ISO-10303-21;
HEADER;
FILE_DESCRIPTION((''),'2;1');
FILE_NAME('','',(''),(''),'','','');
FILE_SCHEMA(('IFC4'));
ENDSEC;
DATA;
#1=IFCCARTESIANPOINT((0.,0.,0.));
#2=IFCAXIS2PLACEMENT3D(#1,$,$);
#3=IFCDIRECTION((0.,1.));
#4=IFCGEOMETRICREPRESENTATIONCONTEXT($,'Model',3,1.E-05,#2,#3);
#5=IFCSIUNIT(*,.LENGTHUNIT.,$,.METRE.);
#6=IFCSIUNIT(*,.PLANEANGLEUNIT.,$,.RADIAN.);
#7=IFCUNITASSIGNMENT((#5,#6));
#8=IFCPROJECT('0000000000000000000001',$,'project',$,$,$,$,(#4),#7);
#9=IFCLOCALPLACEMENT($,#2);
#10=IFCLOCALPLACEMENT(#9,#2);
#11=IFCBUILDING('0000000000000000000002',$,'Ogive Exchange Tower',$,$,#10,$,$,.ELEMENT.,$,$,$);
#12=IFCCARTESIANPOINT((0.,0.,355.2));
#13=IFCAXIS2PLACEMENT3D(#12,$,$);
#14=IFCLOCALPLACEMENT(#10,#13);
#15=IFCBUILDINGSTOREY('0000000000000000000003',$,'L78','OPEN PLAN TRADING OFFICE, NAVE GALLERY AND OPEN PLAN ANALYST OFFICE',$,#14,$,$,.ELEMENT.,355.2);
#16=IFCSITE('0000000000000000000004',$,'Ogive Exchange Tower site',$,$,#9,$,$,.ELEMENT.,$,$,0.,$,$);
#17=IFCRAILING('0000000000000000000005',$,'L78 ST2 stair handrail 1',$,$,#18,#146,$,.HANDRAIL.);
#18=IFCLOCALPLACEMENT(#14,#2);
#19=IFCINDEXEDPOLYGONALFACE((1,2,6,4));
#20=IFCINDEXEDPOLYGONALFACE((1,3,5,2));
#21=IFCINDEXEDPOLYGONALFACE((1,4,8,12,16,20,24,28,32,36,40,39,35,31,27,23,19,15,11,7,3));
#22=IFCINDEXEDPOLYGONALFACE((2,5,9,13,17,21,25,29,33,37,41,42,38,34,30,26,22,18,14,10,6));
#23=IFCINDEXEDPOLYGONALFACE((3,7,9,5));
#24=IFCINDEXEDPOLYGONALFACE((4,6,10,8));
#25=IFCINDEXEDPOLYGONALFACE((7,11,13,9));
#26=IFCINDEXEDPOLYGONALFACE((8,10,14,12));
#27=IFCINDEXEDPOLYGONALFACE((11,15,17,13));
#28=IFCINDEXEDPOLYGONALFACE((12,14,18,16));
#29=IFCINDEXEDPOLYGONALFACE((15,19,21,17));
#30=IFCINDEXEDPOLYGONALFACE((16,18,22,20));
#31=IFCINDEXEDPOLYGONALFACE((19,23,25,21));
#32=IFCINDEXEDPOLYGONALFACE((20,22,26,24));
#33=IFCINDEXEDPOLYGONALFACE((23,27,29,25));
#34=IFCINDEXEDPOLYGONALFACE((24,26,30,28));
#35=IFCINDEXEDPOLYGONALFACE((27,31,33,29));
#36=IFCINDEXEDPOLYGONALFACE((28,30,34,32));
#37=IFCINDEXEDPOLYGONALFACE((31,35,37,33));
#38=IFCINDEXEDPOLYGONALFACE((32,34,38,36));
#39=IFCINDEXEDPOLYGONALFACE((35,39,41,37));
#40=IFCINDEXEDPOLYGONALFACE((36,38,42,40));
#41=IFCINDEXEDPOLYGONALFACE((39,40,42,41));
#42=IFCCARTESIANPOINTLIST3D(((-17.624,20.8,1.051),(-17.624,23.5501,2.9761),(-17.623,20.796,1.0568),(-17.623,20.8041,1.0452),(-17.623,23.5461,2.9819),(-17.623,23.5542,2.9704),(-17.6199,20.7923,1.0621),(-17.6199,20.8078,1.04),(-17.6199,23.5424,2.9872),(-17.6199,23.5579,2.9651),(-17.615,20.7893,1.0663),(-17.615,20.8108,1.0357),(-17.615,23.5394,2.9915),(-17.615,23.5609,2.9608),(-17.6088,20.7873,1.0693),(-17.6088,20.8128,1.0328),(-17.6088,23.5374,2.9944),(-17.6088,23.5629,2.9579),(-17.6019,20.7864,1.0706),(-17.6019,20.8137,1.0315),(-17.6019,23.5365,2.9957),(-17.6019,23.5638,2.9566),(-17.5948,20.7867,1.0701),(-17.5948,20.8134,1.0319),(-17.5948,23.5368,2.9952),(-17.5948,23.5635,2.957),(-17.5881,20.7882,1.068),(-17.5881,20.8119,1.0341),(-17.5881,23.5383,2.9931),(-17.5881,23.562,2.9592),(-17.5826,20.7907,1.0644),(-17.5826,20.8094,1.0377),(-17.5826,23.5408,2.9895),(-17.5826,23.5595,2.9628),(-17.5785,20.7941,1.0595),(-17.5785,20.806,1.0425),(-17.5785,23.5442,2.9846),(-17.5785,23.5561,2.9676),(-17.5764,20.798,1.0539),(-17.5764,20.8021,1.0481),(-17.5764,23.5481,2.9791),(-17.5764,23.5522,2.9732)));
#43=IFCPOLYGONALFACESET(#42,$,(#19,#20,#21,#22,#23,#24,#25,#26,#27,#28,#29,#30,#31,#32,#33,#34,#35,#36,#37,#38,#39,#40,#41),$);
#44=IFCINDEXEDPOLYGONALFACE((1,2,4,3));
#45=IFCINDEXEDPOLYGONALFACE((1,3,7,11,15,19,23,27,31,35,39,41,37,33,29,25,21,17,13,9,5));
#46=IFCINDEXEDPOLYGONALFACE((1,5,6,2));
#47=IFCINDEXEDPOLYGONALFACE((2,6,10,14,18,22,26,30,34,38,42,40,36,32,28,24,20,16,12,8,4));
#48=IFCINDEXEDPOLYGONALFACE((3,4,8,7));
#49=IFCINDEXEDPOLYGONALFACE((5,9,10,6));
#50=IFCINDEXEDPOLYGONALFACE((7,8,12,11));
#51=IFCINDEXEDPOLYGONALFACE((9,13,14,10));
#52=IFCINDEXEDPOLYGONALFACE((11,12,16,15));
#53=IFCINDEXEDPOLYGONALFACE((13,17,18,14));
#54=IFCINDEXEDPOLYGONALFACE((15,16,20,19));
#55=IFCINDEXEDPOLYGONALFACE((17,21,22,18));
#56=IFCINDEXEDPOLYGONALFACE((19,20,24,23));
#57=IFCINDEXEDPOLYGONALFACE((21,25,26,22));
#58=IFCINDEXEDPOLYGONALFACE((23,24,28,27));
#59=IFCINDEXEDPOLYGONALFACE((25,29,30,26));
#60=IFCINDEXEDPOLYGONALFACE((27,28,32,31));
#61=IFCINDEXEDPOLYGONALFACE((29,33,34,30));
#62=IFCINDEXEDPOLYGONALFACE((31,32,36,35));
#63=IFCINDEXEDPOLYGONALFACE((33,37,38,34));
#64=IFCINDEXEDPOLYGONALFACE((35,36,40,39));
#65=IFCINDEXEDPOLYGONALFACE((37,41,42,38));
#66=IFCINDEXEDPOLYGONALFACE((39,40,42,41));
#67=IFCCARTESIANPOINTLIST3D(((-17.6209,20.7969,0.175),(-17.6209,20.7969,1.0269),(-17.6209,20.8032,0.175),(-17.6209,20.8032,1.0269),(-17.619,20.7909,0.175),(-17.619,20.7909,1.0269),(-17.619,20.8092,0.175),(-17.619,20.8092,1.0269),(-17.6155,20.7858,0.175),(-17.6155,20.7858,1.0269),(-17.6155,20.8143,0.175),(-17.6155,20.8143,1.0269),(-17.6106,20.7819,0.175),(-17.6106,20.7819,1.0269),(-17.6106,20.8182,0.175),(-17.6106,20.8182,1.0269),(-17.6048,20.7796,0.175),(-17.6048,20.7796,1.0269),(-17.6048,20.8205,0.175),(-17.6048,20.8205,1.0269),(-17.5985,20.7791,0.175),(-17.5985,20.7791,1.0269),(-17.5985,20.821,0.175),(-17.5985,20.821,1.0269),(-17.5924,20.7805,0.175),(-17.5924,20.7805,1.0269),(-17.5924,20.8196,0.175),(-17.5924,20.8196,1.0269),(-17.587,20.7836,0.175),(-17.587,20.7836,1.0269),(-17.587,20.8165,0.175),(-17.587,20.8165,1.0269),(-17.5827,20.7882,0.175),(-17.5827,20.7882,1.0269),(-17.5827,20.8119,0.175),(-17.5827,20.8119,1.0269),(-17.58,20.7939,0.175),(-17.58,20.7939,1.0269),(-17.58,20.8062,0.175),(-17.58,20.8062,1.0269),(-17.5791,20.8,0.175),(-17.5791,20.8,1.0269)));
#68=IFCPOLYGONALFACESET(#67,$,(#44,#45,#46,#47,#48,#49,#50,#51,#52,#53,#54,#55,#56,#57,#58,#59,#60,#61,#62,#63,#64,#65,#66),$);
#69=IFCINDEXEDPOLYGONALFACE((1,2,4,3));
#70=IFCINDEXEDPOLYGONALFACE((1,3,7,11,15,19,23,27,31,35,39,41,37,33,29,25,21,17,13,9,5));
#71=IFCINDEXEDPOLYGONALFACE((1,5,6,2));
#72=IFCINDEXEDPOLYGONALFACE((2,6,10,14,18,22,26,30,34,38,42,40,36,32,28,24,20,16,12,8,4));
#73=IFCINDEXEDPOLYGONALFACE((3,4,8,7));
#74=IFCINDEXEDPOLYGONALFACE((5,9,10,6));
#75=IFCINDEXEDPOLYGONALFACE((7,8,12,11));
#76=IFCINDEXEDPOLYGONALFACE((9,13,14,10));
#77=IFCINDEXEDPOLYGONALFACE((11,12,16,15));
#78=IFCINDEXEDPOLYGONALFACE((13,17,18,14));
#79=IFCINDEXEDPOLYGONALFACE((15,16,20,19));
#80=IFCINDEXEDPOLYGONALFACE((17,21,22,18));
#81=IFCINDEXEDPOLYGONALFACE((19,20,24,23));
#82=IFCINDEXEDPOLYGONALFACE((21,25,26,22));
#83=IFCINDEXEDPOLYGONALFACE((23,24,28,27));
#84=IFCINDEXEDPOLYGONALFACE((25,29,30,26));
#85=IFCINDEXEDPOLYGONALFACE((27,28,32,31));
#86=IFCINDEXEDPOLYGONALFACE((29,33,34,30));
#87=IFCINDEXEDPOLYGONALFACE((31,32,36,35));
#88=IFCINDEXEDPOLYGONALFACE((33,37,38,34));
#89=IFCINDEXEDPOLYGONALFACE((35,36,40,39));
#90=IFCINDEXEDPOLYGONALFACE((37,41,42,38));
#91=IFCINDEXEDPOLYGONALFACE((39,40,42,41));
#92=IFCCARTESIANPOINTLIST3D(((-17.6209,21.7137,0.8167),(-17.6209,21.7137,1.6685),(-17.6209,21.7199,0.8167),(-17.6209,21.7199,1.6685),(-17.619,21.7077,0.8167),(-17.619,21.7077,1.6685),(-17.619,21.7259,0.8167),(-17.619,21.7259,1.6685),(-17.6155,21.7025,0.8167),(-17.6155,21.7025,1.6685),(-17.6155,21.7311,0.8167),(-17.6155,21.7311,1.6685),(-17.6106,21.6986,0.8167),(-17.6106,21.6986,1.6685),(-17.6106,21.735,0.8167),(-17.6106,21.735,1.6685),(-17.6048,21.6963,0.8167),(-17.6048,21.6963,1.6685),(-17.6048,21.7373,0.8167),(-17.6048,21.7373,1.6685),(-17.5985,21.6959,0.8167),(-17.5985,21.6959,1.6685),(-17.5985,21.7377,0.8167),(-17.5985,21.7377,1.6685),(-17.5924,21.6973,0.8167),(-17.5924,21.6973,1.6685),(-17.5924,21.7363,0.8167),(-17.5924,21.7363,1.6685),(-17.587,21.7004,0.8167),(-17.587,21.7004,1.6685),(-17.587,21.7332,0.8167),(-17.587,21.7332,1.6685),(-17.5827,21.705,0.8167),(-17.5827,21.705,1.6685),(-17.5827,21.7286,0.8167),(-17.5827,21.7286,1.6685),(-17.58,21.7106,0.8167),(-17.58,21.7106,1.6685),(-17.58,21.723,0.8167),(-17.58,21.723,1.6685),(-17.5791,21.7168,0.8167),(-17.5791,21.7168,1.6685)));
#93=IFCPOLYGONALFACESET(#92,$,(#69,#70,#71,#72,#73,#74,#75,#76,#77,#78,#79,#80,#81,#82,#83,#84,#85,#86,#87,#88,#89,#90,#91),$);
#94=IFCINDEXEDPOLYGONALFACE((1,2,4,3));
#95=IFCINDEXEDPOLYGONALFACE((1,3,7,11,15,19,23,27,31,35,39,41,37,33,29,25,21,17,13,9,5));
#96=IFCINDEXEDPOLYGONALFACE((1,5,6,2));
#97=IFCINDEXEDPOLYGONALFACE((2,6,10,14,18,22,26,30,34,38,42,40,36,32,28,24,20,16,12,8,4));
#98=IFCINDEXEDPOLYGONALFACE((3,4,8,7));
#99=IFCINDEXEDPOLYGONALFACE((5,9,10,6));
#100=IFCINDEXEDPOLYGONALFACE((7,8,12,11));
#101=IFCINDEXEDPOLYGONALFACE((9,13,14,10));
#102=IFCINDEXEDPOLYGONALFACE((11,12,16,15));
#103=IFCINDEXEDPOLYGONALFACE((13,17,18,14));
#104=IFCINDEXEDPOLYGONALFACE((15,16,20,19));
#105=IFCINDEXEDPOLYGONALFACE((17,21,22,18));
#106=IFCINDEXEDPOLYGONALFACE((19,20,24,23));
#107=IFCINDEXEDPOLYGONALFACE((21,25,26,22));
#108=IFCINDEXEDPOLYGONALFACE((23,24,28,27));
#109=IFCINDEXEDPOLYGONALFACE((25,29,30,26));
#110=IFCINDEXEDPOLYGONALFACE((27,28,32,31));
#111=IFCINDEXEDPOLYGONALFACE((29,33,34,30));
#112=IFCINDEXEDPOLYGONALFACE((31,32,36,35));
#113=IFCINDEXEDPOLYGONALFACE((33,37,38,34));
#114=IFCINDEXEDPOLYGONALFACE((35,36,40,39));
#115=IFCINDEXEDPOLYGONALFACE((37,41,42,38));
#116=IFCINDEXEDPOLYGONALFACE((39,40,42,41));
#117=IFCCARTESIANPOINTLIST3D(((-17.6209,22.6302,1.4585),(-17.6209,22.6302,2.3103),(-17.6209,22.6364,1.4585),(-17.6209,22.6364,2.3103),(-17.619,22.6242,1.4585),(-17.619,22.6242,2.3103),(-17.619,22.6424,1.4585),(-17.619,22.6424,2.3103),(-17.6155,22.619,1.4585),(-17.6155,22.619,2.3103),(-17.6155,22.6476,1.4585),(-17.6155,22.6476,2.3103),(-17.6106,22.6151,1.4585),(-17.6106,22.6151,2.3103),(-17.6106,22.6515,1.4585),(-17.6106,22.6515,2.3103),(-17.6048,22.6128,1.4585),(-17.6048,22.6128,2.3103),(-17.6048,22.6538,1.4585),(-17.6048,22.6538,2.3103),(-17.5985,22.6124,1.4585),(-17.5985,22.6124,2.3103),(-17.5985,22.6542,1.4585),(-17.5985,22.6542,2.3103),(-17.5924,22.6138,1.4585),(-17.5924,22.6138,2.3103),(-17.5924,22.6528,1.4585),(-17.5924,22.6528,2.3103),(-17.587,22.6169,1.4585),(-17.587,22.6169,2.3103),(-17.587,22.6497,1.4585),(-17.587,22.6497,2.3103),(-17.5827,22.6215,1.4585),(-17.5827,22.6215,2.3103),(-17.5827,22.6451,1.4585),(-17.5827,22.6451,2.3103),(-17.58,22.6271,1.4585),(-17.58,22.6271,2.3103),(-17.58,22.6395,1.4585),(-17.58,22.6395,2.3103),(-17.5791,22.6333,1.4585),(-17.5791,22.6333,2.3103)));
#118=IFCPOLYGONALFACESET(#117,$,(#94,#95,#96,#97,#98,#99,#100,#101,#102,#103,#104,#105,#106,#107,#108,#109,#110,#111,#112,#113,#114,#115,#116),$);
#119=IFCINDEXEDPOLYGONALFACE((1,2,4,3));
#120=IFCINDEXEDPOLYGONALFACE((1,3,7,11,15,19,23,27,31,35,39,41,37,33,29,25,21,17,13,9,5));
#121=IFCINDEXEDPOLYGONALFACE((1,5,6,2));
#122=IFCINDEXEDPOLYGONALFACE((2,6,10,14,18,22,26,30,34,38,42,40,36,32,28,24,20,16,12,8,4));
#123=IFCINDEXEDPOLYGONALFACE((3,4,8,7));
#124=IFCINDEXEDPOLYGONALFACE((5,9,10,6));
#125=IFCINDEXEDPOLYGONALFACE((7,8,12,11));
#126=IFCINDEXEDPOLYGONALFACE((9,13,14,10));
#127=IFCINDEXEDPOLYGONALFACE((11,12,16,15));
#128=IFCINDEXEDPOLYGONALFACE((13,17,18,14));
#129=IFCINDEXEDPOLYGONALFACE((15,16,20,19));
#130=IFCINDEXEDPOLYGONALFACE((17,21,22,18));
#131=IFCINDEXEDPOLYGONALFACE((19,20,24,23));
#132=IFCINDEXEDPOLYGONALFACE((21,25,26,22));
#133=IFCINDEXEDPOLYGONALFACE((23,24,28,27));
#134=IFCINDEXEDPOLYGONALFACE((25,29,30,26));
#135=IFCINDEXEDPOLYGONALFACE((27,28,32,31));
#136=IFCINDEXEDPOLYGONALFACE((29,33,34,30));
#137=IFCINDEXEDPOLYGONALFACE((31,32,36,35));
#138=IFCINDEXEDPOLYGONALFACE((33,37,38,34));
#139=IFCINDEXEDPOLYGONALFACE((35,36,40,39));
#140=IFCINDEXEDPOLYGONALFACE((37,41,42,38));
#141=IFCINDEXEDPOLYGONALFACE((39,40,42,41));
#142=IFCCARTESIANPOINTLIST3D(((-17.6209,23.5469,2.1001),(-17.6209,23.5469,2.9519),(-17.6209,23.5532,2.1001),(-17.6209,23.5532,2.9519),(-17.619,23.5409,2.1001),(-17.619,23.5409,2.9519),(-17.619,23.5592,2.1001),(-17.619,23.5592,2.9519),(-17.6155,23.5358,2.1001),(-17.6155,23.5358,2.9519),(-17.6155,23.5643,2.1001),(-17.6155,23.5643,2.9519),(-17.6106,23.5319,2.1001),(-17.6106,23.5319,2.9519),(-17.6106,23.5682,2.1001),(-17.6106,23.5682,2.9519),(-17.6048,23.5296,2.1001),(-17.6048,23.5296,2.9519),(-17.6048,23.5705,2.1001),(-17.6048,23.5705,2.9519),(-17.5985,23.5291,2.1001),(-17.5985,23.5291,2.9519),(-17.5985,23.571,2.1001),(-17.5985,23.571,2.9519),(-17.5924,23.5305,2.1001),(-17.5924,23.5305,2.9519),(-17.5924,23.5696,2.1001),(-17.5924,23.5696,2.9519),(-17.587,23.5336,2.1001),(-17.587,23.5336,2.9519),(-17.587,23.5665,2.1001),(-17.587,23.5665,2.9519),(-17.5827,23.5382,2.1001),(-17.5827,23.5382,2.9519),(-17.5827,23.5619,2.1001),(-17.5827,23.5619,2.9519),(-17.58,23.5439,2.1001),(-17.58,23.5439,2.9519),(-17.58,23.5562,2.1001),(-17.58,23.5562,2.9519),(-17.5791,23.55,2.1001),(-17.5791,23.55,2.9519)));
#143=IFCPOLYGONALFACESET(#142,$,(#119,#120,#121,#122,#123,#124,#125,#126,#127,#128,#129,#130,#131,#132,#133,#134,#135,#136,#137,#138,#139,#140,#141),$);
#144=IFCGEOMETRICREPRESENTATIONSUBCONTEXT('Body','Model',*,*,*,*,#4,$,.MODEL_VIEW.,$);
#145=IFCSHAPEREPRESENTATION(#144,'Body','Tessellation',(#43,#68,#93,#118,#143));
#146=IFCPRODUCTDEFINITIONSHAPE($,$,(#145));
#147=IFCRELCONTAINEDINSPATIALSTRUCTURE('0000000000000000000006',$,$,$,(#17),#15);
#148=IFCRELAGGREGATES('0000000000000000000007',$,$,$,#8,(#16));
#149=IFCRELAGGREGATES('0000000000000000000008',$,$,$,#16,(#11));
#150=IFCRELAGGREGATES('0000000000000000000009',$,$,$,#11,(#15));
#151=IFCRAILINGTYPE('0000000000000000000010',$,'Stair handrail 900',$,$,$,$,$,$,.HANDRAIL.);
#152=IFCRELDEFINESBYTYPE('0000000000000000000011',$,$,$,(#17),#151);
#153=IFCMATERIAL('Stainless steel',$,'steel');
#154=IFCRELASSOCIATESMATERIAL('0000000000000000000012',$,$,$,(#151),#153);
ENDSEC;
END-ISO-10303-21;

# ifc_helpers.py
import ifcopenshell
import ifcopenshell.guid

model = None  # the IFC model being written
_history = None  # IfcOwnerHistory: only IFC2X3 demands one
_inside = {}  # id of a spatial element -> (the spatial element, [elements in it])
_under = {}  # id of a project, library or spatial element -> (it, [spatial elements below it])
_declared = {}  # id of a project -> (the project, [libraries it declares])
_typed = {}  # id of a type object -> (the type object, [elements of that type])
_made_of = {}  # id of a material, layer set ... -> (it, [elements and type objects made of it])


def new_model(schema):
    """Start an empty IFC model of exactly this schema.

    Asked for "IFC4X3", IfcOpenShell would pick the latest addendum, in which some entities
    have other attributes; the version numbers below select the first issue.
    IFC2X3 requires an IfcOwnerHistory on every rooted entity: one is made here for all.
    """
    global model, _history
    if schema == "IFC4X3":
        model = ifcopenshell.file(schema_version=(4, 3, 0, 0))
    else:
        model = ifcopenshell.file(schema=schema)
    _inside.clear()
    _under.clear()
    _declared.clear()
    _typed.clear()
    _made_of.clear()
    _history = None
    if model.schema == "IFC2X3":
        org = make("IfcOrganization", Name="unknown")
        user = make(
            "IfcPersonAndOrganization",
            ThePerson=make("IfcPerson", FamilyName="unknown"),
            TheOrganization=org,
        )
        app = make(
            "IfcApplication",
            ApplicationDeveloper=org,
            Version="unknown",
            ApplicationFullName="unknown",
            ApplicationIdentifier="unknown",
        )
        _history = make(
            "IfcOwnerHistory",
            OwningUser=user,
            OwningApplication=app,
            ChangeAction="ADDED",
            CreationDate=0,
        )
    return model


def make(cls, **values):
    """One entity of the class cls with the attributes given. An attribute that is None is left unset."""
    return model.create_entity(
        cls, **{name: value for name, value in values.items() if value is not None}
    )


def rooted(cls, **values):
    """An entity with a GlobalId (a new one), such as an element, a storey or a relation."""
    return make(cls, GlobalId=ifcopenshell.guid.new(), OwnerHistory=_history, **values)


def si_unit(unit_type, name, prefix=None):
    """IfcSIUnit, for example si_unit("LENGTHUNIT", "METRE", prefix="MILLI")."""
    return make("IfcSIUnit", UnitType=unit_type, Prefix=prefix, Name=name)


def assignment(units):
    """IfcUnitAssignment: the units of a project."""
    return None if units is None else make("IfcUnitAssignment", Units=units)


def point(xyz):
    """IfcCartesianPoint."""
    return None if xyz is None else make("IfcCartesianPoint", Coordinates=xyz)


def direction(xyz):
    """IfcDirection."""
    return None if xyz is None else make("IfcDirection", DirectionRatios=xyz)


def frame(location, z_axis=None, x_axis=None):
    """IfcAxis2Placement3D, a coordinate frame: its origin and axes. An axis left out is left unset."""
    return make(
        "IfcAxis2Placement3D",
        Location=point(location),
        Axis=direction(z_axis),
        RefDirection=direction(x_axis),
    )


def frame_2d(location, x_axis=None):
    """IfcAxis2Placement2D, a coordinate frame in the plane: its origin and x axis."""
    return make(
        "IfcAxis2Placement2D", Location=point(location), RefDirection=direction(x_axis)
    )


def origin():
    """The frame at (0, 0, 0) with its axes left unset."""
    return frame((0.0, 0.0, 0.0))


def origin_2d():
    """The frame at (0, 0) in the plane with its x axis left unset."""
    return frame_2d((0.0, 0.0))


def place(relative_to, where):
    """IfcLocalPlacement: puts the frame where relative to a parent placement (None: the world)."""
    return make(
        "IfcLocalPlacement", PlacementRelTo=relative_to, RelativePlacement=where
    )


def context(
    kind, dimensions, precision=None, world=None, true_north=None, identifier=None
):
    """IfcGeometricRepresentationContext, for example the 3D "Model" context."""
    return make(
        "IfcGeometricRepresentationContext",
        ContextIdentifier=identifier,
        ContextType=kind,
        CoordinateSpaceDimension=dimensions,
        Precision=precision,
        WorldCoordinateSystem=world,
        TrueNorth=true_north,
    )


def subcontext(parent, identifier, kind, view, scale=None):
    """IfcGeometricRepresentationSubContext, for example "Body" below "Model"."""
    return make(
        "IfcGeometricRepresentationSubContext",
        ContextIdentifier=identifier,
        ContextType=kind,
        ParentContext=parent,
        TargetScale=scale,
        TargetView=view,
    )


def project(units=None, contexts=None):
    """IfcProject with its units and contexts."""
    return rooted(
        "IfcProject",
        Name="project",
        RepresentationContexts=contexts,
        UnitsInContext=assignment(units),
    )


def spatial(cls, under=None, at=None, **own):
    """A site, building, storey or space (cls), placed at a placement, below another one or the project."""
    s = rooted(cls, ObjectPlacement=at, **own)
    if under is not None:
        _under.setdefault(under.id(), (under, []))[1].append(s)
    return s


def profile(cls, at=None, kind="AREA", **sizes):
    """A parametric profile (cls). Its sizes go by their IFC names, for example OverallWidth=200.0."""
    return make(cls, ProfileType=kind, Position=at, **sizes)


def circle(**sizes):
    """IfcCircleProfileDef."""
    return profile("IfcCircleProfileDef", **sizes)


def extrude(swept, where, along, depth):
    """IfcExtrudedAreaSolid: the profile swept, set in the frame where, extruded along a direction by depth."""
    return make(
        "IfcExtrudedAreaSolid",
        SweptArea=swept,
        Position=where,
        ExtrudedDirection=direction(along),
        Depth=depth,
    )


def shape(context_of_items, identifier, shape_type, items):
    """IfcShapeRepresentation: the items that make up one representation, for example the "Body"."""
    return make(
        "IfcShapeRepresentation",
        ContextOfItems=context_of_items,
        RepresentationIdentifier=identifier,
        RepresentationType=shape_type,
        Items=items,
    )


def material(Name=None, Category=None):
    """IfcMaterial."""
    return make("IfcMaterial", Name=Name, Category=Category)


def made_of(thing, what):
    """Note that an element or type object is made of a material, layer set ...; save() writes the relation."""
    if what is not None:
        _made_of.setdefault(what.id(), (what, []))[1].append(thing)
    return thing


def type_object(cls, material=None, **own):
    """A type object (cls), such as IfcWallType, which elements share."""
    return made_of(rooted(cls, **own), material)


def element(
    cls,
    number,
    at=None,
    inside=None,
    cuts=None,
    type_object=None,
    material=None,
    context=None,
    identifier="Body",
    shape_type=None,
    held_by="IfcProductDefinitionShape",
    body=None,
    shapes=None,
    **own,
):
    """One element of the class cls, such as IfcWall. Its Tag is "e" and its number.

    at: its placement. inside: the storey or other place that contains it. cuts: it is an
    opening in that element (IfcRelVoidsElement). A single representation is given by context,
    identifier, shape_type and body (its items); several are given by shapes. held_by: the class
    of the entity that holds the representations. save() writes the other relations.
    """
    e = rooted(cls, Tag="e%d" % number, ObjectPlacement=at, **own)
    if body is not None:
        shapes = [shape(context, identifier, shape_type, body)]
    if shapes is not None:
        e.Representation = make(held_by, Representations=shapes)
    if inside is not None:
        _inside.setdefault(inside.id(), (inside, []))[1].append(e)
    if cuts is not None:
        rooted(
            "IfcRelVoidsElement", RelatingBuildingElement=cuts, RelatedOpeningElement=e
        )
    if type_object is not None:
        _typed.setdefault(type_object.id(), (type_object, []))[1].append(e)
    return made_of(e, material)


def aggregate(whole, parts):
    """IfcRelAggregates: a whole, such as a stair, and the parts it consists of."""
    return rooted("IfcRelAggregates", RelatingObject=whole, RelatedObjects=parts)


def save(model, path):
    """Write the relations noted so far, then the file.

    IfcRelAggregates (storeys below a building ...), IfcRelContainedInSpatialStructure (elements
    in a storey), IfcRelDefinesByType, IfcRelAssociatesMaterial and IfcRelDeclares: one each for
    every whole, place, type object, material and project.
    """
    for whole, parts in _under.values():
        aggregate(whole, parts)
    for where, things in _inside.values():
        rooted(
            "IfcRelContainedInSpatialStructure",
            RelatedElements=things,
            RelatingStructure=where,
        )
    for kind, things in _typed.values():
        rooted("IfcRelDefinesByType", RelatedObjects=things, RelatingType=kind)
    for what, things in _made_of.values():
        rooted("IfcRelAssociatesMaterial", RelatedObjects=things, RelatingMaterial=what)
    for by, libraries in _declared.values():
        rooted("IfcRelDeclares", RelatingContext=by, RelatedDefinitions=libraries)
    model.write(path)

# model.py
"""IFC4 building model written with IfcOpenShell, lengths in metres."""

from ifc_helpers import new_model, si_unit, direction, frame, origin, origin_2d, place, context, subcontext, project, spatial, circle, extrude, material, type_object, element, save


model = new_model("IFC4")

# Units and contexts
model_context = context("Model", 3, precision=1e-05, world=origin(), true_north=direction((0.0, 1.0)))
body_context = subcontext(model_context, "Body", "Model", "MODEL_VIEW")
ifc_project = project(units=[si_unit("LENGTHUNIT", "METRE"), si_unit("PLANEANGLEUNIT", "RADIAN")], contexts=[model_context])

# Site, building, storey
site_placement = place(None, origin())
site = spatial("IfcSite", under=ifc_project, at=site_placement, Name="Ogive Exchange Tower site", CompositionType="ELEMENT", RefElevation=0.0)
building_placement = place(site_placement, origin())
building = spatial("IfcBuilding", under=site, at=building_placement, Name="Ogive Exchange Tower", CompositionType="ELEMENT")
storey_placement = place(building_placement, frame((0.0, 0.0, 355.2)))
storey = spatial("IfcBuildingStorey", under=building, at=storey_placement, Name="L78", Description="OPEN PLAN TRADING OFFICE, NAVE GALLERY AND OPEN PLAN ANALYST OFFICE", CompositionType="ELEMENT", Elevation=355.2)

# Railing
ifc_material_1 = material(Name="Stainless steel", Category="steel")
railing_type = type_object("IfcRailingType", Name="Stair handrail 900", PredefinedType="HANDRAIL", material=ifc_material_1)
railing_1_placement = place(storey_placement, frame((-17.6001, 20.8, 0.175)))
element("IfcRailing", 1, at=railing_1_placement, inside=storey, type_object=railing_type, Name="L78 ST2 stair handrail 1", PredefinedType="HANDRAIL", context=body_context, shape_type="SweptSolid", body=[
    extrude(circle(Radius=0.0239, at=origin_2d()), frame((0.0, 0.0, 0.876), z_axis=(0.0, 0.819225, 0.573472), x_axis=(-1.0, 0.0, 0.0)), (0.0, 0.0, 1.0), 3.3569),
    extrude(circle(Radius=0.021, at=origin_2d()), origin(), (0.0, 0.0, 1.0), 0.8518),
    extrude(circle(Radius=0.021, at=origin_2d()), frame((0.0, 0.9167, 0.6416)), (0.0, 0.0, 1.0), 0.8518),
    extrude(circle(Radius=0.021, at=origin_2d()), frame((0.0, 1.8333, 1.2834)), (0.0, 0.0, 1.0), 0.8518),
    extrude(circle(Radius=0.021, at=origin_2d()), frame((0.0, 2.75, 1.925)), (0.0, 0.0, 1.0), 0.8518),
])

save(model, "model.ifc")
